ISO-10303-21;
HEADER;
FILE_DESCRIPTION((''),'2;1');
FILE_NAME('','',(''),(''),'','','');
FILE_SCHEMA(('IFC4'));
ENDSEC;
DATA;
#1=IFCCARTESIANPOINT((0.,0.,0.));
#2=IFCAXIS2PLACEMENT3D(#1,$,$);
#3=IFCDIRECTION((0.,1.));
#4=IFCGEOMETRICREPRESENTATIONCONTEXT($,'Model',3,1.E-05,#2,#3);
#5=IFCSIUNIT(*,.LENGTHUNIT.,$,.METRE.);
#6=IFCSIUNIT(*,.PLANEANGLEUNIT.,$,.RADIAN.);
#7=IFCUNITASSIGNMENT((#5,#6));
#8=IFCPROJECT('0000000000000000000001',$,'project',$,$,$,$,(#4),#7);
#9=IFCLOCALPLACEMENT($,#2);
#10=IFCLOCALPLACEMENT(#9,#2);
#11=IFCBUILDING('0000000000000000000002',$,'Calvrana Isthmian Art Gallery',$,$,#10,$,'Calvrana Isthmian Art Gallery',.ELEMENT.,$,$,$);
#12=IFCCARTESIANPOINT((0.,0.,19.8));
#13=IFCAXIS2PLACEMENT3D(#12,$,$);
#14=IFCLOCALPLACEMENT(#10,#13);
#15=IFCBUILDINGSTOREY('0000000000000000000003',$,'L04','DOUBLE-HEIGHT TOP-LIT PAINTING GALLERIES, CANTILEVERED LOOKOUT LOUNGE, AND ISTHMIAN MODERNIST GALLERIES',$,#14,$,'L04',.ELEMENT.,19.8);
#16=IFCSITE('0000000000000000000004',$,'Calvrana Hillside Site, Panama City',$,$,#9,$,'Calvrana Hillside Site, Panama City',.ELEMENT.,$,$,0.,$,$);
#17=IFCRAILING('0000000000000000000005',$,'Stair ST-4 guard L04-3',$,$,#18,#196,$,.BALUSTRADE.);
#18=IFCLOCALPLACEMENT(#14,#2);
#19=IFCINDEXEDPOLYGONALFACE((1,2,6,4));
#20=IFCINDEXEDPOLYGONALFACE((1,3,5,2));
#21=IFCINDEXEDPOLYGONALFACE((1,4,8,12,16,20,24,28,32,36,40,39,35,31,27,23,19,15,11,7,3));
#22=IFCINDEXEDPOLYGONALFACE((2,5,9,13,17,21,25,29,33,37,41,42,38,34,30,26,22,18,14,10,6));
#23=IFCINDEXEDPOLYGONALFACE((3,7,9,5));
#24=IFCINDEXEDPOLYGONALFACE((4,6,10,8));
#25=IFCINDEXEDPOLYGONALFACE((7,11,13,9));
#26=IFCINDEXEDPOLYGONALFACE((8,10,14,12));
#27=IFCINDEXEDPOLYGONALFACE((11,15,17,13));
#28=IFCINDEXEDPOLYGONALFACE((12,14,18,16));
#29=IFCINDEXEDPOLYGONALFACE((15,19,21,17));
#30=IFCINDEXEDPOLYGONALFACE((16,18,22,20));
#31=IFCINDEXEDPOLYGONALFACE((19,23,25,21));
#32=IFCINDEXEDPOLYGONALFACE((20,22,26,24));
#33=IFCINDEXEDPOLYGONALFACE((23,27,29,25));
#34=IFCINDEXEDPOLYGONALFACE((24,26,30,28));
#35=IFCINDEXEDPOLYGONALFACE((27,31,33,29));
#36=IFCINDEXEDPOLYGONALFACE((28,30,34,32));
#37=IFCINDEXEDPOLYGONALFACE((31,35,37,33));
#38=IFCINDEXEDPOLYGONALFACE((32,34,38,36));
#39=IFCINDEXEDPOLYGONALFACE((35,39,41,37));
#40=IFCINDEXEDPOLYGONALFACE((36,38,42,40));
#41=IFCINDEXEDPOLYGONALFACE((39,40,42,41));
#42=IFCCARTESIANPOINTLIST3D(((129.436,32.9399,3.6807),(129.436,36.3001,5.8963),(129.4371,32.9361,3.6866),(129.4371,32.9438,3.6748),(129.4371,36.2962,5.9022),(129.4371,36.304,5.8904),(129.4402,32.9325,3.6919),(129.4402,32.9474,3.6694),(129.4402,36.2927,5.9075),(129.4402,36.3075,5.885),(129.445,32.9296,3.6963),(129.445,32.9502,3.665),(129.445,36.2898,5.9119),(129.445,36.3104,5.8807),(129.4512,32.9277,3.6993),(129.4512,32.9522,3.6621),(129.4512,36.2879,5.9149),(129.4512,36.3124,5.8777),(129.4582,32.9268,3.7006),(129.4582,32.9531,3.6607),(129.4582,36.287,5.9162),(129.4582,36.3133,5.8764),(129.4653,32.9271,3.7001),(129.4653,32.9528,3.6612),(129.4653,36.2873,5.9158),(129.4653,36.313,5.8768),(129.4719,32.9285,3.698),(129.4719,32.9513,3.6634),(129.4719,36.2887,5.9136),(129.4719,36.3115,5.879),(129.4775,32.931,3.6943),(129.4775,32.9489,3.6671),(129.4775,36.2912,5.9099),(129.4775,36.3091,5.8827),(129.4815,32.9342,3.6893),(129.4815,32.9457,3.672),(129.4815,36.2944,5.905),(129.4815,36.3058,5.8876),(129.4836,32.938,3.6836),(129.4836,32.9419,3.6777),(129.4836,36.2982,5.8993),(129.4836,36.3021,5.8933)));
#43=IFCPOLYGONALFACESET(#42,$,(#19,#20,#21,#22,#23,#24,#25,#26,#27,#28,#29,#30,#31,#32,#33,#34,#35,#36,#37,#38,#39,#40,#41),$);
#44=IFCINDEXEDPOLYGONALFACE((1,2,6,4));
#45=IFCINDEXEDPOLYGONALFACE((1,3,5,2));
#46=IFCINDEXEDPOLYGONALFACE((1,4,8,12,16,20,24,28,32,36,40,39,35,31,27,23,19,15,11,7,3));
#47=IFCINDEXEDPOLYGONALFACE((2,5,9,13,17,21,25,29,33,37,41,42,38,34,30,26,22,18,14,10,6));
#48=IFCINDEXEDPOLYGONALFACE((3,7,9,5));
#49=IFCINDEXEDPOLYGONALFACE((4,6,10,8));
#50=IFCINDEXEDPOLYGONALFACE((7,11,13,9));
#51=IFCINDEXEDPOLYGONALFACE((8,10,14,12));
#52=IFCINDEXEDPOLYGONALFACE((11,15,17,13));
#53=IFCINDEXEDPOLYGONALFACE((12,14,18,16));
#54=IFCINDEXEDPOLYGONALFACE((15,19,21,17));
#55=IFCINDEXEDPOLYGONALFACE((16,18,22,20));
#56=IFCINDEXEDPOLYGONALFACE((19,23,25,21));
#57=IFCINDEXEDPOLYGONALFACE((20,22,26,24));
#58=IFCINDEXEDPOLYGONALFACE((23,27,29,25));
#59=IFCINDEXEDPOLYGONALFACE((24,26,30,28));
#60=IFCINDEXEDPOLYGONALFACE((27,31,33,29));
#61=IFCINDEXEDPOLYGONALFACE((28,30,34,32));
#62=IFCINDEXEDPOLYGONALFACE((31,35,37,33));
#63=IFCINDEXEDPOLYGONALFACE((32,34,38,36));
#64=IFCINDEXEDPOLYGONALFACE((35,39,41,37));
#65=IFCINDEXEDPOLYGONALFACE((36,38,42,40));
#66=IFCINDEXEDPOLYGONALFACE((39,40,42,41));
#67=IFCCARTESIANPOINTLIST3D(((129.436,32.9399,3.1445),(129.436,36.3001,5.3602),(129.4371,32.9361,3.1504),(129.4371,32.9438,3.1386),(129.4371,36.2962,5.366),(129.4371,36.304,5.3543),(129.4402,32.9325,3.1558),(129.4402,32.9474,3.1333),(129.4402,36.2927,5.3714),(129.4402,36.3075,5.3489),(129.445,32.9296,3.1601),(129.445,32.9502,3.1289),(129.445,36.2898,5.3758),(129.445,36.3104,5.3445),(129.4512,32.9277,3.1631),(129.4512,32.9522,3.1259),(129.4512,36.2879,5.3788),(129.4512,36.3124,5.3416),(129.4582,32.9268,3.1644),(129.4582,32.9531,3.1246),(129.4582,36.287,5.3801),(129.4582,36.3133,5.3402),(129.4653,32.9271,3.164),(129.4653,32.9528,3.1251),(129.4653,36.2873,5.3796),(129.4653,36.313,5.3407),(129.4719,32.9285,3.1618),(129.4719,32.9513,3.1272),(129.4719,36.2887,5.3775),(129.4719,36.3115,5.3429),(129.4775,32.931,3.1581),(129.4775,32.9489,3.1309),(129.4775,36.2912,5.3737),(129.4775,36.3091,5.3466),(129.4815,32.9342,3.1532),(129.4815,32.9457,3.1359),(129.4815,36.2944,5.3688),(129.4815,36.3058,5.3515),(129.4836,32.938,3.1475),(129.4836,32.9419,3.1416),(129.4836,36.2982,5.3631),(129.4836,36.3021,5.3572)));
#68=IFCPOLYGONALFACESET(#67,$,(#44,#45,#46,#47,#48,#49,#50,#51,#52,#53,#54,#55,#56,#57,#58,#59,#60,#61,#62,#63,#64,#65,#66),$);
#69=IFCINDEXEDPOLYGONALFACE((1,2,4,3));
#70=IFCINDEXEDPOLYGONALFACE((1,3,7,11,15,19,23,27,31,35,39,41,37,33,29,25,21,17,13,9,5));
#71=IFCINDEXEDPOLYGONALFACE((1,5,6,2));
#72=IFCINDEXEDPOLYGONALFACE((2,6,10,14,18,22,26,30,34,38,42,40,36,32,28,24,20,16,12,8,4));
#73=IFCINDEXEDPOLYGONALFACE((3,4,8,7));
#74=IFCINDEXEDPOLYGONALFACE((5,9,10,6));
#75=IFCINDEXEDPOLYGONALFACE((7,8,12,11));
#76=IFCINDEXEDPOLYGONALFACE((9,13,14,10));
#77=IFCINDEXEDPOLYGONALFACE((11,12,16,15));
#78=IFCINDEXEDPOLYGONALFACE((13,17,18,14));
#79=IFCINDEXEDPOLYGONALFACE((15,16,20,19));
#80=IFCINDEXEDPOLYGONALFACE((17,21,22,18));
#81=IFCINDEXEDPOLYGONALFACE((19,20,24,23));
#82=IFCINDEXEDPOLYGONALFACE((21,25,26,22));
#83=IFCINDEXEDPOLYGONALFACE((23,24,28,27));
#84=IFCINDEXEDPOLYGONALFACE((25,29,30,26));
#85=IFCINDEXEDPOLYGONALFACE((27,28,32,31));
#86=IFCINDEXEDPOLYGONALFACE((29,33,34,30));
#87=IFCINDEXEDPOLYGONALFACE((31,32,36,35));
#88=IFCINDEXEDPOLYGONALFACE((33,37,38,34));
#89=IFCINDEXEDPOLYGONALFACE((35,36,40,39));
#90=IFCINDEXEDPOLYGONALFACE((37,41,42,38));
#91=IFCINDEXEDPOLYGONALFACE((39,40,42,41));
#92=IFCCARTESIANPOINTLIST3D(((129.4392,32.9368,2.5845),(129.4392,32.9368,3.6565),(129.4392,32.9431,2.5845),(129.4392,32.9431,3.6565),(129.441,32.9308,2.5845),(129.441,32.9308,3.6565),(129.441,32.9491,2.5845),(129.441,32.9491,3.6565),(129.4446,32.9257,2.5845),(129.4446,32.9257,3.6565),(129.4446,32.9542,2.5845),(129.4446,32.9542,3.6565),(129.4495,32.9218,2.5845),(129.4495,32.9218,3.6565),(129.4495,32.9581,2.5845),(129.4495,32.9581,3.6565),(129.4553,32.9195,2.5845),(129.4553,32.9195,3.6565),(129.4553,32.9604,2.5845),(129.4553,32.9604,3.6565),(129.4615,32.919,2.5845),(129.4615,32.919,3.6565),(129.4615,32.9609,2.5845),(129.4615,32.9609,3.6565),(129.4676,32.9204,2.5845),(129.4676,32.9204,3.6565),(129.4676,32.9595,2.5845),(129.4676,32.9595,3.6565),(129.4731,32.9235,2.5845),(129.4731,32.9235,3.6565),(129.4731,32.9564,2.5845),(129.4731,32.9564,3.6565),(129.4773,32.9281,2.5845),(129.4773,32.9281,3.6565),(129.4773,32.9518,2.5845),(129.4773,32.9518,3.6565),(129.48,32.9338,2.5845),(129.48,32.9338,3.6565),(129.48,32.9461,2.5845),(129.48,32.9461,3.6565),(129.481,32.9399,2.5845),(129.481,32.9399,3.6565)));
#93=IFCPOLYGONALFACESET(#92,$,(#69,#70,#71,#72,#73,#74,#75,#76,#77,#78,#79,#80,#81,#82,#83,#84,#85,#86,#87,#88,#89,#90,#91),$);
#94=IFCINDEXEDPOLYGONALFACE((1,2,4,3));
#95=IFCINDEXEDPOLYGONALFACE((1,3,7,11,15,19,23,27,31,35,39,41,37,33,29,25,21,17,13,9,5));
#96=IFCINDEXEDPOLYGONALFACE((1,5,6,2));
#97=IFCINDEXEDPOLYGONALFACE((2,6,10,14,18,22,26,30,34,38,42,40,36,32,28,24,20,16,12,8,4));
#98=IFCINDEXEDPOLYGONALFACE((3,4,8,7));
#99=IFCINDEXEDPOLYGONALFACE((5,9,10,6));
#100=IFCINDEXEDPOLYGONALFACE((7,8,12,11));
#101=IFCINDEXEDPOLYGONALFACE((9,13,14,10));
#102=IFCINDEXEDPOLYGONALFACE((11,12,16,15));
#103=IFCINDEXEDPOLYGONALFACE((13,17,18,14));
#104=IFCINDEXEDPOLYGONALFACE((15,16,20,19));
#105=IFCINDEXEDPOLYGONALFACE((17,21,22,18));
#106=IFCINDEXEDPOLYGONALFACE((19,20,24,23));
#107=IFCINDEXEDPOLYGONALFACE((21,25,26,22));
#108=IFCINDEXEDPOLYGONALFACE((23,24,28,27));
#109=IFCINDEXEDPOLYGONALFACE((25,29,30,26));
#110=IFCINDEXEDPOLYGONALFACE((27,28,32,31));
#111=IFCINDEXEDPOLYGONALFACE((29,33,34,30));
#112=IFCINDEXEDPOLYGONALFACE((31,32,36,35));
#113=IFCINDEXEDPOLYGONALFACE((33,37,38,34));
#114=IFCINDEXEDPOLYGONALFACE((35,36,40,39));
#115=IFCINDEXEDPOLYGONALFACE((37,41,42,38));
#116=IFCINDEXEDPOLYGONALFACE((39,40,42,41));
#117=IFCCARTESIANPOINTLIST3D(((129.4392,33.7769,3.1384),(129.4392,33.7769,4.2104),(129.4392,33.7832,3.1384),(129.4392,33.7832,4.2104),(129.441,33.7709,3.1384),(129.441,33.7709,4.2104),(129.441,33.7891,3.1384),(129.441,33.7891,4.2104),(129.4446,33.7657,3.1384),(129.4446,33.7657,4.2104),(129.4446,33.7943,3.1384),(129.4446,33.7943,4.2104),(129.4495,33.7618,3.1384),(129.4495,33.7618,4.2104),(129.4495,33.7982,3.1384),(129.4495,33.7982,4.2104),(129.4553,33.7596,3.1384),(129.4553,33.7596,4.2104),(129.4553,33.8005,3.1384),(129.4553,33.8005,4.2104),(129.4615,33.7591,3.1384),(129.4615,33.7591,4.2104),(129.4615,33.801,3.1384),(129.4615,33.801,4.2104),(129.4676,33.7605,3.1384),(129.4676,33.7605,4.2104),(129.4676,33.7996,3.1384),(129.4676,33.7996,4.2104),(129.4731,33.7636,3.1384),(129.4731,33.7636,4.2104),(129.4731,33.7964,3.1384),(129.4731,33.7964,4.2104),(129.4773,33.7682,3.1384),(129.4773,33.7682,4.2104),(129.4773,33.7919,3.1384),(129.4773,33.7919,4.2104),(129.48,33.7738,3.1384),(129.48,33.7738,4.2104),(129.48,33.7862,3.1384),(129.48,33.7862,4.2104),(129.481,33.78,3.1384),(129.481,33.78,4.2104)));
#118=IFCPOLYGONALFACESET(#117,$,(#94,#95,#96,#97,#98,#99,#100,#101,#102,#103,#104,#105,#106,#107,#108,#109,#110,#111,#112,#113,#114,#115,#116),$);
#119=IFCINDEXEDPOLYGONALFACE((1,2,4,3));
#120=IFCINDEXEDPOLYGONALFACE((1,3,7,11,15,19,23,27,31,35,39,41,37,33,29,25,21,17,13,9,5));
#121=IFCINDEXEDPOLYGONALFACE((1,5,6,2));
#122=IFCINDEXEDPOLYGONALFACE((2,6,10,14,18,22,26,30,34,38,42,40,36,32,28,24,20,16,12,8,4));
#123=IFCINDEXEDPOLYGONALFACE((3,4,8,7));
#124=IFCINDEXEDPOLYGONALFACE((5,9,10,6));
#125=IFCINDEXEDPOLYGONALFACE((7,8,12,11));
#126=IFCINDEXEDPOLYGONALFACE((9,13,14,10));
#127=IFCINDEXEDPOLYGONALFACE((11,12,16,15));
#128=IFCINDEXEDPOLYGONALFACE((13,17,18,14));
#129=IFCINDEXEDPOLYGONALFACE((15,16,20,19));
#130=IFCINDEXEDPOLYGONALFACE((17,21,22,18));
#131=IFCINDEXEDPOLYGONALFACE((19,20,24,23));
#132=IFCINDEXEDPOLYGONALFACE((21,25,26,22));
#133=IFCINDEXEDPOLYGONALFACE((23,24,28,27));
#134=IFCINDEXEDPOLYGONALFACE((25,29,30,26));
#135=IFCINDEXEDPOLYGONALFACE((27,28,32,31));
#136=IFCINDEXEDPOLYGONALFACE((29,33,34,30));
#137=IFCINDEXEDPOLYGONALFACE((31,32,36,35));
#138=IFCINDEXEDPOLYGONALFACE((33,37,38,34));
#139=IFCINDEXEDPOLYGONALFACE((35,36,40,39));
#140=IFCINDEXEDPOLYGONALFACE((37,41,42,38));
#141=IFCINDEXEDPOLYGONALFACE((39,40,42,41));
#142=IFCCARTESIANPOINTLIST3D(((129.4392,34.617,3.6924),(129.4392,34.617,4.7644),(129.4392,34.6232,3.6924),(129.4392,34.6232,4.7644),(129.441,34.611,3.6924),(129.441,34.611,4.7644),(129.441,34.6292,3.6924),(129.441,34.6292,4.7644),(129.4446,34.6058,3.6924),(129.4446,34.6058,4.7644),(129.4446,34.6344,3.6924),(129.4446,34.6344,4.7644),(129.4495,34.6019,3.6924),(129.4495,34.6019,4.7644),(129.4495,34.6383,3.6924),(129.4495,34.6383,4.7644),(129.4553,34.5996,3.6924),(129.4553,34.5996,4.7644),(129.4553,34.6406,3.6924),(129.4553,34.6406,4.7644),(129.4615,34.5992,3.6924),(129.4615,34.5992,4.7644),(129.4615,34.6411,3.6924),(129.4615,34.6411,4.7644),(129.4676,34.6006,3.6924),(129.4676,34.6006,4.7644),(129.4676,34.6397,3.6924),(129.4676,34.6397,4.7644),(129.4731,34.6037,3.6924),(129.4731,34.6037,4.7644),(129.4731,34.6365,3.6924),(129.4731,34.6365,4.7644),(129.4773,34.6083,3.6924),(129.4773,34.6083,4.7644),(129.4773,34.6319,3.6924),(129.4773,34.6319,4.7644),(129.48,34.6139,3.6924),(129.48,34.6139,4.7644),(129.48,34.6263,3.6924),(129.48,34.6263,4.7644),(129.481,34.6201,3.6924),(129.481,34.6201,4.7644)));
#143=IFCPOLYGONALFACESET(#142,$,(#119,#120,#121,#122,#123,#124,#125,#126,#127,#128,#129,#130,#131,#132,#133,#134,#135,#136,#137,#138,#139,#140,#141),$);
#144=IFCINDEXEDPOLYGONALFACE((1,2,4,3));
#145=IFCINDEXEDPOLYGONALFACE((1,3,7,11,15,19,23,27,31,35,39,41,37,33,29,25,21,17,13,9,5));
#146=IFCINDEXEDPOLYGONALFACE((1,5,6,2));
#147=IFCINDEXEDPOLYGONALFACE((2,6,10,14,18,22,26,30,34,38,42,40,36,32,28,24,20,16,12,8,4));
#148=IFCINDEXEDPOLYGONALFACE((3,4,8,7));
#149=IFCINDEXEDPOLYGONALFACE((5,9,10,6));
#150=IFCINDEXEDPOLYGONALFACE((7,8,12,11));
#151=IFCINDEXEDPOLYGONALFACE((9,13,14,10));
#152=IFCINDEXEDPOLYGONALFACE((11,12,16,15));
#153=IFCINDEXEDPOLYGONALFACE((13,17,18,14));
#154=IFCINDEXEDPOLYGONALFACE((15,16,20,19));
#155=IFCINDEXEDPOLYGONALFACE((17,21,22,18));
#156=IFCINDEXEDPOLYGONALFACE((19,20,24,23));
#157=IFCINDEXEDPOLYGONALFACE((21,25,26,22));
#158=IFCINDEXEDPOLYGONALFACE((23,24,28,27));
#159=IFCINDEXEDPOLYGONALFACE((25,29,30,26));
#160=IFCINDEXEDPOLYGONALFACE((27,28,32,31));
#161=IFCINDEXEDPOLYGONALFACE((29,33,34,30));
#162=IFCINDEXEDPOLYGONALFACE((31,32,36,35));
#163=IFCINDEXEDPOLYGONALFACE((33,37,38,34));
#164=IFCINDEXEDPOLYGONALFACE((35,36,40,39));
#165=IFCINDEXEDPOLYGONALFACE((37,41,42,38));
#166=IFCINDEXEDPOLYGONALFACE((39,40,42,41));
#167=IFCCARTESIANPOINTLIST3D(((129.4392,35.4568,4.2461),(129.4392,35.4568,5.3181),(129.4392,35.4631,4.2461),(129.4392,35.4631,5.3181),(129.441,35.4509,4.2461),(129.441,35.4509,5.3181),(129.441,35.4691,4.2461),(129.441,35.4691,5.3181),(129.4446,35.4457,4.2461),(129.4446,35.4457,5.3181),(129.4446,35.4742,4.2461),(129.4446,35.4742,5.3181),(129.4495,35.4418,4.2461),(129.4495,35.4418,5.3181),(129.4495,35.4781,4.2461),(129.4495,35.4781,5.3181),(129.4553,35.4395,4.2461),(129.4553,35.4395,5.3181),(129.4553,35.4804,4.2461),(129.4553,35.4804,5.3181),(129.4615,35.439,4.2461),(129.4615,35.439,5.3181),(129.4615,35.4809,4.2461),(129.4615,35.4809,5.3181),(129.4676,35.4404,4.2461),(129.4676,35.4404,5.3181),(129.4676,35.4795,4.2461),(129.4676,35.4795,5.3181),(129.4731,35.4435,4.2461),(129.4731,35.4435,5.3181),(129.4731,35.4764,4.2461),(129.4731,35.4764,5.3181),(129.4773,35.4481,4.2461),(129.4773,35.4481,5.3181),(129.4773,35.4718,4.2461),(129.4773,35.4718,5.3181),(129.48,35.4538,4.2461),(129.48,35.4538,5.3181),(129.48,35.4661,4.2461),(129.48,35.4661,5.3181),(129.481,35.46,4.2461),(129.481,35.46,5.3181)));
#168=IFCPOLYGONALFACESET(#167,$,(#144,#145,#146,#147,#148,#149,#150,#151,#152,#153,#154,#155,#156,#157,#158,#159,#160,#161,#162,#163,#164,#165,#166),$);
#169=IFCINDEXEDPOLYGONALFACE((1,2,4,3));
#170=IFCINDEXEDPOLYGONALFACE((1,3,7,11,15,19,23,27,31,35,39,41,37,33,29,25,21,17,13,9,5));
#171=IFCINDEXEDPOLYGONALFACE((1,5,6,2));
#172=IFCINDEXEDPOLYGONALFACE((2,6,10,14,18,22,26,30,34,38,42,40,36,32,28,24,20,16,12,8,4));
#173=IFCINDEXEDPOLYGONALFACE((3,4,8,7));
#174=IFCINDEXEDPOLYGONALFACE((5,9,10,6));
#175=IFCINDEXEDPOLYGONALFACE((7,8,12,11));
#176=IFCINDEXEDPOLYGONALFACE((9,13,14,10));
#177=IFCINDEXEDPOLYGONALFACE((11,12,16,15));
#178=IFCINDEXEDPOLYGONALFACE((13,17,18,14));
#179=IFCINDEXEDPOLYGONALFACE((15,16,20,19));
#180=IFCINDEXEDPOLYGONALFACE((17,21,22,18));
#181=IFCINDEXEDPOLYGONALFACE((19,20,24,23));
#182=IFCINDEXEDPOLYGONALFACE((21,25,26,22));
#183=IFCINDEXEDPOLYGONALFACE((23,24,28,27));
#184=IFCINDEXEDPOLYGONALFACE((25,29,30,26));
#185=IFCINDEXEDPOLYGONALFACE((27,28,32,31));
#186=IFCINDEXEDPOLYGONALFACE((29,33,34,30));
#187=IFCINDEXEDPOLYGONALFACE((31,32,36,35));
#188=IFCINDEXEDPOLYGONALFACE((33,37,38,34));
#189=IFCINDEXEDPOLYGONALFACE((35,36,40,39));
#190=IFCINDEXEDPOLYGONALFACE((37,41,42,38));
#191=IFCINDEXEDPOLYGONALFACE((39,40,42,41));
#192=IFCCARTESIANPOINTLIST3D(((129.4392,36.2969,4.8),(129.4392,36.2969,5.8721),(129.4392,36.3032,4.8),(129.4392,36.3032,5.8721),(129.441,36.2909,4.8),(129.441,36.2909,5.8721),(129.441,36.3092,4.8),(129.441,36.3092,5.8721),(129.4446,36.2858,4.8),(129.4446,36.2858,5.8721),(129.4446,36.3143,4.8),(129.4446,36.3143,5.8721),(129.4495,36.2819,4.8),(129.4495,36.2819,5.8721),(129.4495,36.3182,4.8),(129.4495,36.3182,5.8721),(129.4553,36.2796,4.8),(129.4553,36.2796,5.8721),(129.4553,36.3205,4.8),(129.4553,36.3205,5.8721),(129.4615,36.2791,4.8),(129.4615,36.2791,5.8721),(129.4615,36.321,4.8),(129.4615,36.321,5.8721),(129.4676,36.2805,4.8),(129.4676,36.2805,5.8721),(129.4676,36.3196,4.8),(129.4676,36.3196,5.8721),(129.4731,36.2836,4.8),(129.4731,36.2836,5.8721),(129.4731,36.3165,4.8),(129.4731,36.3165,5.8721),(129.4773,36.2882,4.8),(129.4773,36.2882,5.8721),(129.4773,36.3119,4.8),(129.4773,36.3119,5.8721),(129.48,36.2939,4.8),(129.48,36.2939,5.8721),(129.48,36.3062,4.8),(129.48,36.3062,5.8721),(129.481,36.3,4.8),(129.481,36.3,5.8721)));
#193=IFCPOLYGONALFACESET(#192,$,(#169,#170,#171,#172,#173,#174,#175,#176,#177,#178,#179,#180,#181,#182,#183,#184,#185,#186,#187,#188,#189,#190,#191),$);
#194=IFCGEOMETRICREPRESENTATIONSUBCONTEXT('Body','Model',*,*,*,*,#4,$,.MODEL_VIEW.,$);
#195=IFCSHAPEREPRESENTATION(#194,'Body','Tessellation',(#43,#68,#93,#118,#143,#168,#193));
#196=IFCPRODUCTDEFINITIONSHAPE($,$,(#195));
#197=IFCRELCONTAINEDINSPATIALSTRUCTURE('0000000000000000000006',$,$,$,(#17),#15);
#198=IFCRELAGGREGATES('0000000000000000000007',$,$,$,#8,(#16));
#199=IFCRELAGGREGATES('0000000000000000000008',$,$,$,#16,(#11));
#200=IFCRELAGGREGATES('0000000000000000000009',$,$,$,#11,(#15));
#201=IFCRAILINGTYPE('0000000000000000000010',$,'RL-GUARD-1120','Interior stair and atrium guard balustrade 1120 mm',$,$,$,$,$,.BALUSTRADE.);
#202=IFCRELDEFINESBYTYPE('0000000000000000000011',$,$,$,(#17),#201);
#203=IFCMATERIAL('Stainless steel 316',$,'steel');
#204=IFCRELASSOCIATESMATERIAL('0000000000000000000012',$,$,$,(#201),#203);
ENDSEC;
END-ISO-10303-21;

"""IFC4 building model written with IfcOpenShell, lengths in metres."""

from ifc_helpers import new_model, si_unit, direction, frame, origin, origin_2d, place, context, subcontext, project, spatial, circle, extrude, material, type_object, element, save


model = new_model("IFC4")

# Units and contexts
model_context = context("Model", 3, precision=1e-05, world=origin(), true_north=direction((0.0, 1.0)))
body_context = subcontext(model_context, "Body", "Model", "MODEL_VIEW")
ifc_project = project(units=[si_unit("LENGTHUNIT", "METRE"), si_unit("PLANEANGLEUNIT", "RADIAN")], contexts=[model_context])

# Site, building, storey
site_placement = place(None, origin())
site = spatial("IfcSite", under=ifc_project, at=site_placement, Name="Calvrana Hillside Site, Panama City", LongName="Calvrana Hillside Site, Panama City", CompositionType="ELEMENT", RefElevation=0.0)
building_placement = place(site_placement, origin())
building = spatial("IfcBuilding", under=site, at=building_placement, Name="Calvrana Isthmian Art Gallery", LongName="Calvrana Isthmian Art Gallery", CompositionType="ELEMENT")
storey_placement = place(building_placement, frame((0.0, 0.0, 19.8)))
storey = spatial("IfcBuildingStorey", under=building, at=storey_placement, Name="L04", Description="DOUBLE-HEIGHT TOP-LIT PAINTING GALLERIES, CANTILEVERED LOOKOUT LOUNGE, AND ISTHMIAN MODERNIST GALLERIES", LongName="L04", CompositionType="ELEMENT", Elevation=19.8)

# Shared definitions
ifc_material_1 = material(Name="Stainless steel 316", Category="steel")

# Railing
railing_type_1 = type_object("IfcRailingType", Name="RL-GUARD-1120", Description="Interior stair and atrium guard balustrade 1120 mm", PredefinedType="BALUSTRADE", material=ifc_material_1)
railing_1_placement = place(storey_placement, frame((129.46, 32.9399, 2.5845)))
element("IfcRailing", 1, at=railing_1_placement, inside=storey, type_object=railing_type_1, Name="Stair ST-4 guard L04-3", PredefinedType="BALUSTRADE", context=body_context, shape_type="SweptSolid", body=[
    extrude(circle(Radius=0.0239, at=origin_2d()), frame((0.0, 0.0, 1.0962), z_axis=(0.0, 0.834849, 0.55048), x_axis=(-1.0, 0.0, 0.0)), (0.0, 0.0, 1.0), 4.0249),
    extrude(circle(Radius=0.0239, at=origin_2d()), frame((0.0, 0.0, 0.5601), z_axis=(0.0, 0.834849, 0.55048), x_axis=(-1.0, 0.0, 0.0)), (0.0, 0.0, 1.0), 4.0249),
    extrude(circle(Radius=0.021, at=origin_2d()), origin(), (0.0, 0.0, 1.0), 1.072),
    extrude(circle(Radius=0.021, at=origin_2d()), frame((0.0, 0.8401, 0.554)), (0.0, 0.0, 1.0), 1.072),
    extrude(circle(Radius=0.021, at=origin_2d()), frame((0.0, 1.6802, 1.1079)), (0.0, 0.0, 1.0), 1.072),
    extrude(circle(Radius=0.021, at=origin_2d()), frame((0.0, 2.52, 1.6616)), (0.0, 0.0, 1.0), 1.072),
    extrude(circle(Radius=0.021, at=origin_2d()), frame((0.0, 3.3601, 2.2156)), (0.0, 0.0, 1.0), 1.072),
])

save(model, "model.ifc")
